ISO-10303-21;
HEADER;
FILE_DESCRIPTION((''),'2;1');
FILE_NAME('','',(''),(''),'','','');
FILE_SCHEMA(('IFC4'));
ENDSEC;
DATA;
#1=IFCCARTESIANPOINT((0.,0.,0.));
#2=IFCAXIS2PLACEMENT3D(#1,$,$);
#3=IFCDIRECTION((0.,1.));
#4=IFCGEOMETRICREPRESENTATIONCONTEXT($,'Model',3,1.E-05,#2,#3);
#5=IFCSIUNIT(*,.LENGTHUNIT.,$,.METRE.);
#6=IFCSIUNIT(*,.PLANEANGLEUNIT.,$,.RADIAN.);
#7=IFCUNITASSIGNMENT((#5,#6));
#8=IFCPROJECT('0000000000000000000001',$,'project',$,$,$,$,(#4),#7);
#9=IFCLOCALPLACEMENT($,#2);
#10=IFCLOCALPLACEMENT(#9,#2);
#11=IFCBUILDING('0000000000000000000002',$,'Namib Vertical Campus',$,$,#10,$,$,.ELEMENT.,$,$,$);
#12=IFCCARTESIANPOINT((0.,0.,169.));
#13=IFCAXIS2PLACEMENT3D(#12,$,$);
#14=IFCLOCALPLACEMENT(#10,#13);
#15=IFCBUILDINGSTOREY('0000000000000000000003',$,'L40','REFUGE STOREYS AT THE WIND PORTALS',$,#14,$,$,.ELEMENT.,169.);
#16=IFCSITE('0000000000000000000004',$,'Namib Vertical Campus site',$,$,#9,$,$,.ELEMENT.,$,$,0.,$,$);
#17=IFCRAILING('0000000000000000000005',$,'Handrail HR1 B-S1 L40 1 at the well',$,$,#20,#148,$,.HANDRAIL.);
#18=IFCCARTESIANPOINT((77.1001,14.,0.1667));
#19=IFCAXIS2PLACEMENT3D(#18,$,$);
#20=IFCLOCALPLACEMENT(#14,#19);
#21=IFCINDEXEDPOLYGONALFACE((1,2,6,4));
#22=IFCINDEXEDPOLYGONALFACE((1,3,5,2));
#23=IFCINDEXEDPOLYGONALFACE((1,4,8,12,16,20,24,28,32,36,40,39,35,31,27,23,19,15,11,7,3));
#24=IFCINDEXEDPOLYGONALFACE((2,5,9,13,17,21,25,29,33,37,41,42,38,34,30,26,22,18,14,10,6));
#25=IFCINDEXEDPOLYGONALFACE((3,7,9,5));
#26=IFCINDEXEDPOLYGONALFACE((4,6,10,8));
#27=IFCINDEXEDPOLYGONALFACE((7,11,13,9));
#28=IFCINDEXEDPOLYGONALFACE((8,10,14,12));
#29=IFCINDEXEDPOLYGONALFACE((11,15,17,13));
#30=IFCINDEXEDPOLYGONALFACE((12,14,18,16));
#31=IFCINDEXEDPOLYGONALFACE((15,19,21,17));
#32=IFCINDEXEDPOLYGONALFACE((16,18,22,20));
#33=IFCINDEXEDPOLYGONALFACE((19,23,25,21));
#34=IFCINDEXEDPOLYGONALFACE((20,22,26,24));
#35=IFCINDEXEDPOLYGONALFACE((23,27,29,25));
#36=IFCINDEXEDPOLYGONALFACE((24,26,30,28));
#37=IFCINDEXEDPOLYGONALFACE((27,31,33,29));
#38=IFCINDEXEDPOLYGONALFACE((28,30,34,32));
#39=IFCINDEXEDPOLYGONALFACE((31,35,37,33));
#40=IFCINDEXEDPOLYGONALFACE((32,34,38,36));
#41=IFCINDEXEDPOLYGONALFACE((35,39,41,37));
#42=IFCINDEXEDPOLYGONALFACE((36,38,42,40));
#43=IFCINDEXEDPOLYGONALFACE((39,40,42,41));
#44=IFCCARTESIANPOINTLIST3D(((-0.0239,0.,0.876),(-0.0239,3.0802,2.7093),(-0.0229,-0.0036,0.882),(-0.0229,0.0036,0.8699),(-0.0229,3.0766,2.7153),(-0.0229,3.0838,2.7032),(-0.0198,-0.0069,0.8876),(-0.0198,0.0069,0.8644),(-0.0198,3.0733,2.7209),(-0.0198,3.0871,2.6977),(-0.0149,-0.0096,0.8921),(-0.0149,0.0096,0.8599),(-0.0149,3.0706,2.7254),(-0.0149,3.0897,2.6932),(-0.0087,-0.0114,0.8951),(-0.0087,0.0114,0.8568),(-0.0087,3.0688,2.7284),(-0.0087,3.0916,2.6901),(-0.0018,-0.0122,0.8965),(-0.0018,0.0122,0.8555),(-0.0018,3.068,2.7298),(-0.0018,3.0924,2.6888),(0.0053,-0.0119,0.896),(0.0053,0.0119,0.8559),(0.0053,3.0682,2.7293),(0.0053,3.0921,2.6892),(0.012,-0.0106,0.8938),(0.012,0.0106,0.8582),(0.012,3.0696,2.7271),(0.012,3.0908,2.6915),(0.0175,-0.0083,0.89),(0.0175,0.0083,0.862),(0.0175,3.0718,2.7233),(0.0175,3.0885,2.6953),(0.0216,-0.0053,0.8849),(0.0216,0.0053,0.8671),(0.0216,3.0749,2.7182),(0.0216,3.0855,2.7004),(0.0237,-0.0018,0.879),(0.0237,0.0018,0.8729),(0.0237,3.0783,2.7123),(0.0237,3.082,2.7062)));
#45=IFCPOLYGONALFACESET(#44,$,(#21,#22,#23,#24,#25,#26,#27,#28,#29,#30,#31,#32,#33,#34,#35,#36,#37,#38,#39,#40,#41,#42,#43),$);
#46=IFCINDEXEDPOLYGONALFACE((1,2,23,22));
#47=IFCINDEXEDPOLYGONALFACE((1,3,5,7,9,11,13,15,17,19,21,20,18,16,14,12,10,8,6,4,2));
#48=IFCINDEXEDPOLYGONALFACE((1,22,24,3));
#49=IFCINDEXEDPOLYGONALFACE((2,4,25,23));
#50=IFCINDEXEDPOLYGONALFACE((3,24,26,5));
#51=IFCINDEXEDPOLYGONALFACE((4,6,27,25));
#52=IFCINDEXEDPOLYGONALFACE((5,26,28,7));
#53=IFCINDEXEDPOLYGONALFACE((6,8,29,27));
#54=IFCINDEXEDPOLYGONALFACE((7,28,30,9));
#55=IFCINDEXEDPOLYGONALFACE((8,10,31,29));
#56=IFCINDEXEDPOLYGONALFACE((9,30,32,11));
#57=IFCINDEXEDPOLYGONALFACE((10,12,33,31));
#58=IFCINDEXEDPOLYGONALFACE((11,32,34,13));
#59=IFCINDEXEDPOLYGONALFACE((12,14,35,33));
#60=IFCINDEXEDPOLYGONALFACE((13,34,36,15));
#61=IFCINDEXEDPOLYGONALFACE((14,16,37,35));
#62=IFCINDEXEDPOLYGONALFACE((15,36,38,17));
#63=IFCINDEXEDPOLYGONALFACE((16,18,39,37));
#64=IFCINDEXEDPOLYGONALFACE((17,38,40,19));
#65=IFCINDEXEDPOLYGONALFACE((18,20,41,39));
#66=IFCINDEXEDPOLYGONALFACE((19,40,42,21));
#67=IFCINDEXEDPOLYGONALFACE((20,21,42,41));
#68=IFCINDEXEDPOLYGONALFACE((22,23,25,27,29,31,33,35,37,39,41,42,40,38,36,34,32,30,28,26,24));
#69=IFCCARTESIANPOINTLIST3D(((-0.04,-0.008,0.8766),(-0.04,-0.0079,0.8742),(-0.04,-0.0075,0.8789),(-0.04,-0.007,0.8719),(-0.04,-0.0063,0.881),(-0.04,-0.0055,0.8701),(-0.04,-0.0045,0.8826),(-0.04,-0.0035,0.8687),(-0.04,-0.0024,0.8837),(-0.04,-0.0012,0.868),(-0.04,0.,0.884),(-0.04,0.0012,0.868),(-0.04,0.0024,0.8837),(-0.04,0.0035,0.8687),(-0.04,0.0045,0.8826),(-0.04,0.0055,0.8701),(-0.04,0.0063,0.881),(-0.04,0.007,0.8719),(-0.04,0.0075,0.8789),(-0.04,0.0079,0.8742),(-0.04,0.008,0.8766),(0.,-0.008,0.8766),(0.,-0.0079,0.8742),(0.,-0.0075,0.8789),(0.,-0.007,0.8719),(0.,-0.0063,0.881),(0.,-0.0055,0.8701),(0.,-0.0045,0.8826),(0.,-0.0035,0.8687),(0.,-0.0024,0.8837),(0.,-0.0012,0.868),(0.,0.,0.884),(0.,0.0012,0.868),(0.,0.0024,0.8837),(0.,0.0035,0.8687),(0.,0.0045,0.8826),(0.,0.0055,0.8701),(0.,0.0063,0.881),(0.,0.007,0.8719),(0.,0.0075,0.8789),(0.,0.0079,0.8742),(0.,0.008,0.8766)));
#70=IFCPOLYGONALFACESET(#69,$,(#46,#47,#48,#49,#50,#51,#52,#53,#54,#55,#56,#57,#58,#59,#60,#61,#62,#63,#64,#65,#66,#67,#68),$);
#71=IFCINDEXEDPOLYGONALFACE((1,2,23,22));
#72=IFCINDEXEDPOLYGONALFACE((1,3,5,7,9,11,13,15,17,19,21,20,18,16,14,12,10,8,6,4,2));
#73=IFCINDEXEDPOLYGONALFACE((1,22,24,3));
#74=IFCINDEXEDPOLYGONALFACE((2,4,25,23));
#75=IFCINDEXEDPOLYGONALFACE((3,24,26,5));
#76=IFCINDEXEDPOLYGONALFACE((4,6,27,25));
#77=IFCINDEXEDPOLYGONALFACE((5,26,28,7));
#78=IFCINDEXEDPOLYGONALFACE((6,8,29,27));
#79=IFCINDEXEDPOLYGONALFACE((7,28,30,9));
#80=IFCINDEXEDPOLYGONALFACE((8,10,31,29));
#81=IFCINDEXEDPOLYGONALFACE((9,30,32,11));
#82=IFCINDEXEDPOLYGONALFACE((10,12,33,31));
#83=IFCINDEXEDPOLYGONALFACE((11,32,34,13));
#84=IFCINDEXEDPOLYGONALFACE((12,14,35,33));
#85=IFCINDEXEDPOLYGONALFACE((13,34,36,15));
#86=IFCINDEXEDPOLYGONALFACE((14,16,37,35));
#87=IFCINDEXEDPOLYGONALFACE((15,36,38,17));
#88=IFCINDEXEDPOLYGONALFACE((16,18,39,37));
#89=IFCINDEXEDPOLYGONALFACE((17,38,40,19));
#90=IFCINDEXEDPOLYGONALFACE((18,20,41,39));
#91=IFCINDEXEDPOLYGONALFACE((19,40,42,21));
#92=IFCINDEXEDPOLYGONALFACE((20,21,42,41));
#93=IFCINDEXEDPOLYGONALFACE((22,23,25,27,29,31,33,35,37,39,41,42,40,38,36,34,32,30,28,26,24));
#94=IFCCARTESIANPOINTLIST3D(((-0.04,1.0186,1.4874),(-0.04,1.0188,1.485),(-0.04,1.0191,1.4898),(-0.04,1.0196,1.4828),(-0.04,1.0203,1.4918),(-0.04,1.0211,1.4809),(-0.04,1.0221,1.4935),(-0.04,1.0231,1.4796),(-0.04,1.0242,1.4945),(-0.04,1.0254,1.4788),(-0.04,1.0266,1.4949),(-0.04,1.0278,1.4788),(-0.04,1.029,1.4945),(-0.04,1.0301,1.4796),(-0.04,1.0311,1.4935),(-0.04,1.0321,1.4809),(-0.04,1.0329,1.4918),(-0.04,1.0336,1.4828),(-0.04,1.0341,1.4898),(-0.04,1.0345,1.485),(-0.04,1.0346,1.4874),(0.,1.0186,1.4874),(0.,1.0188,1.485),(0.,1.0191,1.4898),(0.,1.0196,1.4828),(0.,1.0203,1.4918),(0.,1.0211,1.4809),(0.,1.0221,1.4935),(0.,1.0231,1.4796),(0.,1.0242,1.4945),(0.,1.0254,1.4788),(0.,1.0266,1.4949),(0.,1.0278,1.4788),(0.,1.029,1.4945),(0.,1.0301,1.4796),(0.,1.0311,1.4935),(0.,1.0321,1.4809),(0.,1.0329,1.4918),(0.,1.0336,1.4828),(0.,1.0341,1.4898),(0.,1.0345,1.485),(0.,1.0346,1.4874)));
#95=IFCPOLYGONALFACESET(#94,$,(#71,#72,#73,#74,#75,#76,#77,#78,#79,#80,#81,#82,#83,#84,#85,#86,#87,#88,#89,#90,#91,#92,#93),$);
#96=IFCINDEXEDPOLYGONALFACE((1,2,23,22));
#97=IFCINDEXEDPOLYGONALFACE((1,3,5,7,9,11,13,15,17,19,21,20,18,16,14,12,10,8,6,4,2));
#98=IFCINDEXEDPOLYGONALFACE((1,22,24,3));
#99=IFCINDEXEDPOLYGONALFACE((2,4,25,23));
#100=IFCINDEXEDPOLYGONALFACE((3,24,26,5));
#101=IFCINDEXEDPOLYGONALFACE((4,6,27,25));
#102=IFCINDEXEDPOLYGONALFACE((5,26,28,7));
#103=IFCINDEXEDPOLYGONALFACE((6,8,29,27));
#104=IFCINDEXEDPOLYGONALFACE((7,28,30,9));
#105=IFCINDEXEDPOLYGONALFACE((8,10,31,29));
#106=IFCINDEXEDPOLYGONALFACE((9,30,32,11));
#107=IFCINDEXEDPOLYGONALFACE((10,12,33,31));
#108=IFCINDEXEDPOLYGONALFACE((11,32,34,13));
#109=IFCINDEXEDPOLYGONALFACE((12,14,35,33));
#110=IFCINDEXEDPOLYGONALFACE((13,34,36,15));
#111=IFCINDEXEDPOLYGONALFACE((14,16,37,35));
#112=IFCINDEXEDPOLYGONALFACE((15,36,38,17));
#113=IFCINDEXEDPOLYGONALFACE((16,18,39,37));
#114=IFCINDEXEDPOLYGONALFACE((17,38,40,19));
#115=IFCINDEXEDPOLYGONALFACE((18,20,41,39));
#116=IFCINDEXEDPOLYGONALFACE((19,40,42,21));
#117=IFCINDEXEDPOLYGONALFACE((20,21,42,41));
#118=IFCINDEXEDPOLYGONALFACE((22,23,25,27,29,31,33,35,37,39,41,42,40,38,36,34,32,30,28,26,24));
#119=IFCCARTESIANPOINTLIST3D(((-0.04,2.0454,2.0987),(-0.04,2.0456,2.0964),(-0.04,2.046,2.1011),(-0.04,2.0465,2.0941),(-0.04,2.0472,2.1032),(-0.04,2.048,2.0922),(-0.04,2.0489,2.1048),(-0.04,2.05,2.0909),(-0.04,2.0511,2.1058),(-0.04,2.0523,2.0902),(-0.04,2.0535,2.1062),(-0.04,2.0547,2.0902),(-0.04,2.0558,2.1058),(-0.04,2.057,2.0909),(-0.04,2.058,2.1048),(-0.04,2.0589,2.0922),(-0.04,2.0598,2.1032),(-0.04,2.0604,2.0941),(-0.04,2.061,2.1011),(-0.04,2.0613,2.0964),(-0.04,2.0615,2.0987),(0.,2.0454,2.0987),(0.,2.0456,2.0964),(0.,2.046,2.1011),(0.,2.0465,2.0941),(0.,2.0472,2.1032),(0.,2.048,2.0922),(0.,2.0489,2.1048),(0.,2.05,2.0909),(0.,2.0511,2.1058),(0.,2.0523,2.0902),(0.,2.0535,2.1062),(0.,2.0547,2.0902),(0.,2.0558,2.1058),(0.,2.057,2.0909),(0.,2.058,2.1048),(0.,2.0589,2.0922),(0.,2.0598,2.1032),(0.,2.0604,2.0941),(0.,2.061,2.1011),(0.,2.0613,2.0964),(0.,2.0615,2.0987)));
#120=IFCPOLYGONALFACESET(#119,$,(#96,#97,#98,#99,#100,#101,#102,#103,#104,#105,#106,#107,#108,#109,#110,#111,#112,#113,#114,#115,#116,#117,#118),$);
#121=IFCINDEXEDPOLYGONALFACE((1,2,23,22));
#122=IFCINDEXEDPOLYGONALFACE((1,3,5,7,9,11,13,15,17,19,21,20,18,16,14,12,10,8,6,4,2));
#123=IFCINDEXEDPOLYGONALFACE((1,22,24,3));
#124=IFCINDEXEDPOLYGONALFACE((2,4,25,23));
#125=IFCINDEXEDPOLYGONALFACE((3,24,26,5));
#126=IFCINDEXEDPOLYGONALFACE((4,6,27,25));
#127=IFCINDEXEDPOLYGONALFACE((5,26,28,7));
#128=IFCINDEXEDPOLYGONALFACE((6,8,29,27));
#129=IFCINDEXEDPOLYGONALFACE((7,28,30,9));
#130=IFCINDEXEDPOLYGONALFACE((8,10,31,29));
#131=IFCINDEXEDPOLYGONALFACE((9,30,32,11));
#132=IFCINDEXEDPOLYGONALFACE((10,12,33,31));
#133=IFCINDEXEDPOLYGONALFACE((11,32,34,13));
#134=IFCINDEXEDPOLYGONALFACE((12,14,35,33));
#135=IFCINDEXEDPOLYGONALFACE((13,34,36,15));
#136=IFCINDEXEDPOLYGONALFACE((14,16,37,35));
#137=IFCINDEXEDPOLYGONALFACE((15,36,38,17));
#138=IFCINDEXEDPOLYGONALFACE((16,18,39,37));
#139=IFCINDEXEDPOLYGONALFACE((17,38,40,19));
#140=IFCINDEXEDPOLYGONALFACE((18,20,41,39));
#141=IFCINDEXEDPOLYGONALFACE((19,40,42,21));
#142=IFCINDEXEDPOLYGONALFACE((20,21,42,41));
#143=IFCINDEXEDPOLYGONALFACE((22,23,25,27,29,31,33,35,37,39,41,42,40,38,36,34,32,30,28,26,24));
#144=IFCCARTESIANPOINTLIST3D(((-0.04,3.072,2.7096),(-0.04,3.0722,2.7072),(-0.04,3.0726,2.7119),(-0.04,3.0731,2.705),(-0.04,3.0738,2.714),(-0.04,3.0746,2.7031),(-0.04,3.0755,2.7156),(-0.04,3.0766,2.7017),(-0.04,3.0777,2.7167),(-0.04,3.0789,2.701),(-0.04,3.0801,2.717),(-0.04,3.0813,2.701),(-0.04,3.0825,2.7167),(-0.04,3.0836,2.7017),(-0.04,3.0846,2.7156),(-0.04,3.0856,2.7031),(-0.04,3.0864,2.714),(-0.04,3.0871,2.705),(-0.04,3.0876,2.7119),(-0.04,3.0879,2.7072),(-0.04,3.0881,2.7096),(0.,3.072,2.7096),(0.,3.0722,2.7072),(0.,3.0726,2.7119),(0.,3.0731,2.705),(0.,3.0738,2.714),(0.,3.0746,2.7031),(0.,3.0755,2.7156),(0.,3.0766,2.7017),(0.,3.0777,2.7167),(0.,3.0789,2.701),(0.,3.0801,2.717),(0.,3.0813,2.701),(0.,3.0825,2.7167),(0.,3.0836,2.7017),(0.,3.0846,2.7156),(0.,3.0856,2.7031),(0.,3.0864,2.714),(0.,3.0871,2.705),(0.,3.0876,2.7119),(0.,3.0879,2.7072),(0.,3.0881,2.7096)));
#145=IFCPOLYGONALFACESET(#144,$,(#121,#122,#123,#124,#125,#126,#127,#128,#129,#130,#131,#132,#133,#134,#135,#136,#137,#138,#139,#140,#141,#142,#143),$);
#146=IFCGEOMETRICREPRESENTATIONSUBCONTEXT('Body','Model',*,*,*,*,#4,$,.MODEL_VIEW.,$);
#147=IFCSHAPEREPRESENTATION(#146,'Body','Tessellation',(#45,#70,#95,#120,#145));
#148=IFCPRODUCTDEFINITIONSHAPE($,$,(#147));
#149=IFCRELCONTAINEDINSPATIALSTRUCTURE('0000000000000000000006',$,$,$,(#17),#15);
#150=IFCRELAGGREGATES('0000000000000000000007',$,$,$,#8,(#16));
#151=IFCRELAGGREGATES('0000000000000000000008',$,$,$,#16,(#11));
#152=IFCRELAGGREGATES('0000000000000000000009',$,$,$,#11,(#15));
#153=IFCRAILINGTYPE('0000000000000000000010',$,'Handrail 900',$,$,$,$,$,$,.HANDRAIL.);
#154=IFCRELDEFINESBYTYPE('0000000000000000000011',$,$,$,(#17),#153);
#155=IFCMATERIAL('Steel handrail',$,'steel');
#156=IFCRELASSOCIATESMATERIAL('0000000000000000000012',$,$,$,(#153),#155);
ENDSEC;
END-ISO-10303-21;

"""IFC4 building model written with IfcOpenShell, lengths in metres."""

from ifc_helpers import new_model, si_unit, direction, frame, origin, origin_2d, place, context, subcontext, project, spatial, circle, extrude, material, type_object, element, save


model = new_model("IFC4")

# Units and contexts
model_context = context("Model", 3, precision=1e-05, world=origin(), true_north=direction((0.0, 1.0)))
body_context = subcontext(model_context, "Body", "Model", "MODEL_VIEW")
ifc_project = project(units=[si_unit("LENGTHUNIT", "METRE"), si_unit("PLANEANGLEUNIT", "RADIAN")], contexts=[model_context])

# Site, building, storey
site_placement = place(None, origin())
site = spatial("IfcSite", under=ifc_project, at=site_placement, Name="Namib Vertical Campus site", CompositionType="ELEMENT", RefElevation=0.0)
building_placement = place(site_placement, origin())
building = spatial("IfcBuilding", under=site, at=building_placement, Name="Namib Vertical Campus", CompositionType="ELEMENT")
storey_placement = place(building_placement, frame((0.0, 0.0, 169.0)))
storey = spatial("IfcBuildingStorey", under=building, at=storey_placement, Name="L40", Description="REFUGE STOREYS AT THE WIND PORTALS", CompositionType="ELEMENT", Elevation=169.0)

# Railing
ifc_material_1 = material(Name="Steel handrail", Category="steel")
railing_type_1 = type_object("IfcRailingType", Name="Handrail 900", PredefinedType="HANDRAIL", material=ifc_material_1)
railing_1_placement = place(storey_placement, frame((77.1001, 14.0, 0.1667)))
element("IfcRailing", 1, at=railing_1_placement, inside=storey, type_object=railing_type_1, Name="Handrail HR1 B-S1 L40 1 at the well", PredefinedType="HANDRAIL", context=body_context, shape_type="SweptSolid", body=[
    extrude(circle(Radius=0.0239, at=origin_2d()), frame((0.0, 0.0, 0.876), z_axis=(0.0, 0.859309, 0.511458), x_axis=(-1.0, 0.0, 0.0)), (0.0, 0.0, 1.0), 3.5845),
    extrude(circle(Radius=0.0081, at=origin_2d()), frame((0.0, 0.0, 0.876), z_axis=(-1.0, 0.0, 0.0), x_axis=(0.0, 0.0, 1.0)), (0.0, 0.0, 1.0), 0.04),
    extrude(circle(Radius=0.0081, at=origin_2d()), frame((0.0, 1.0266, 1.4868), z_axis=(-1.0, 0.0, 0.0), x_axis=(0.0, 0.0, 1.0)), (0.0, 0.0, 1.0), 0.04),
    extrude(circle(Radius=0.0081, at=origin_2d()), frame((0.0, 2.0535, 2.0981), z_axis=(-1.0, 0.0, 0.0), x_axis=(0.0, 0.0, 1.0)), (0.0, 0.0, 1.0), 0.04),
    extrude(circle(Radius=0.0081, at=origin_2d()), frame((0.0, 3.0801, 2.709), z_axis=(-1.0, 0.0, 0.0), x_axis=(0.0, 0.0, 1.0)), (0.0, 0.0, 1.0), 0.04),
])

save(model, "model.ifc")
